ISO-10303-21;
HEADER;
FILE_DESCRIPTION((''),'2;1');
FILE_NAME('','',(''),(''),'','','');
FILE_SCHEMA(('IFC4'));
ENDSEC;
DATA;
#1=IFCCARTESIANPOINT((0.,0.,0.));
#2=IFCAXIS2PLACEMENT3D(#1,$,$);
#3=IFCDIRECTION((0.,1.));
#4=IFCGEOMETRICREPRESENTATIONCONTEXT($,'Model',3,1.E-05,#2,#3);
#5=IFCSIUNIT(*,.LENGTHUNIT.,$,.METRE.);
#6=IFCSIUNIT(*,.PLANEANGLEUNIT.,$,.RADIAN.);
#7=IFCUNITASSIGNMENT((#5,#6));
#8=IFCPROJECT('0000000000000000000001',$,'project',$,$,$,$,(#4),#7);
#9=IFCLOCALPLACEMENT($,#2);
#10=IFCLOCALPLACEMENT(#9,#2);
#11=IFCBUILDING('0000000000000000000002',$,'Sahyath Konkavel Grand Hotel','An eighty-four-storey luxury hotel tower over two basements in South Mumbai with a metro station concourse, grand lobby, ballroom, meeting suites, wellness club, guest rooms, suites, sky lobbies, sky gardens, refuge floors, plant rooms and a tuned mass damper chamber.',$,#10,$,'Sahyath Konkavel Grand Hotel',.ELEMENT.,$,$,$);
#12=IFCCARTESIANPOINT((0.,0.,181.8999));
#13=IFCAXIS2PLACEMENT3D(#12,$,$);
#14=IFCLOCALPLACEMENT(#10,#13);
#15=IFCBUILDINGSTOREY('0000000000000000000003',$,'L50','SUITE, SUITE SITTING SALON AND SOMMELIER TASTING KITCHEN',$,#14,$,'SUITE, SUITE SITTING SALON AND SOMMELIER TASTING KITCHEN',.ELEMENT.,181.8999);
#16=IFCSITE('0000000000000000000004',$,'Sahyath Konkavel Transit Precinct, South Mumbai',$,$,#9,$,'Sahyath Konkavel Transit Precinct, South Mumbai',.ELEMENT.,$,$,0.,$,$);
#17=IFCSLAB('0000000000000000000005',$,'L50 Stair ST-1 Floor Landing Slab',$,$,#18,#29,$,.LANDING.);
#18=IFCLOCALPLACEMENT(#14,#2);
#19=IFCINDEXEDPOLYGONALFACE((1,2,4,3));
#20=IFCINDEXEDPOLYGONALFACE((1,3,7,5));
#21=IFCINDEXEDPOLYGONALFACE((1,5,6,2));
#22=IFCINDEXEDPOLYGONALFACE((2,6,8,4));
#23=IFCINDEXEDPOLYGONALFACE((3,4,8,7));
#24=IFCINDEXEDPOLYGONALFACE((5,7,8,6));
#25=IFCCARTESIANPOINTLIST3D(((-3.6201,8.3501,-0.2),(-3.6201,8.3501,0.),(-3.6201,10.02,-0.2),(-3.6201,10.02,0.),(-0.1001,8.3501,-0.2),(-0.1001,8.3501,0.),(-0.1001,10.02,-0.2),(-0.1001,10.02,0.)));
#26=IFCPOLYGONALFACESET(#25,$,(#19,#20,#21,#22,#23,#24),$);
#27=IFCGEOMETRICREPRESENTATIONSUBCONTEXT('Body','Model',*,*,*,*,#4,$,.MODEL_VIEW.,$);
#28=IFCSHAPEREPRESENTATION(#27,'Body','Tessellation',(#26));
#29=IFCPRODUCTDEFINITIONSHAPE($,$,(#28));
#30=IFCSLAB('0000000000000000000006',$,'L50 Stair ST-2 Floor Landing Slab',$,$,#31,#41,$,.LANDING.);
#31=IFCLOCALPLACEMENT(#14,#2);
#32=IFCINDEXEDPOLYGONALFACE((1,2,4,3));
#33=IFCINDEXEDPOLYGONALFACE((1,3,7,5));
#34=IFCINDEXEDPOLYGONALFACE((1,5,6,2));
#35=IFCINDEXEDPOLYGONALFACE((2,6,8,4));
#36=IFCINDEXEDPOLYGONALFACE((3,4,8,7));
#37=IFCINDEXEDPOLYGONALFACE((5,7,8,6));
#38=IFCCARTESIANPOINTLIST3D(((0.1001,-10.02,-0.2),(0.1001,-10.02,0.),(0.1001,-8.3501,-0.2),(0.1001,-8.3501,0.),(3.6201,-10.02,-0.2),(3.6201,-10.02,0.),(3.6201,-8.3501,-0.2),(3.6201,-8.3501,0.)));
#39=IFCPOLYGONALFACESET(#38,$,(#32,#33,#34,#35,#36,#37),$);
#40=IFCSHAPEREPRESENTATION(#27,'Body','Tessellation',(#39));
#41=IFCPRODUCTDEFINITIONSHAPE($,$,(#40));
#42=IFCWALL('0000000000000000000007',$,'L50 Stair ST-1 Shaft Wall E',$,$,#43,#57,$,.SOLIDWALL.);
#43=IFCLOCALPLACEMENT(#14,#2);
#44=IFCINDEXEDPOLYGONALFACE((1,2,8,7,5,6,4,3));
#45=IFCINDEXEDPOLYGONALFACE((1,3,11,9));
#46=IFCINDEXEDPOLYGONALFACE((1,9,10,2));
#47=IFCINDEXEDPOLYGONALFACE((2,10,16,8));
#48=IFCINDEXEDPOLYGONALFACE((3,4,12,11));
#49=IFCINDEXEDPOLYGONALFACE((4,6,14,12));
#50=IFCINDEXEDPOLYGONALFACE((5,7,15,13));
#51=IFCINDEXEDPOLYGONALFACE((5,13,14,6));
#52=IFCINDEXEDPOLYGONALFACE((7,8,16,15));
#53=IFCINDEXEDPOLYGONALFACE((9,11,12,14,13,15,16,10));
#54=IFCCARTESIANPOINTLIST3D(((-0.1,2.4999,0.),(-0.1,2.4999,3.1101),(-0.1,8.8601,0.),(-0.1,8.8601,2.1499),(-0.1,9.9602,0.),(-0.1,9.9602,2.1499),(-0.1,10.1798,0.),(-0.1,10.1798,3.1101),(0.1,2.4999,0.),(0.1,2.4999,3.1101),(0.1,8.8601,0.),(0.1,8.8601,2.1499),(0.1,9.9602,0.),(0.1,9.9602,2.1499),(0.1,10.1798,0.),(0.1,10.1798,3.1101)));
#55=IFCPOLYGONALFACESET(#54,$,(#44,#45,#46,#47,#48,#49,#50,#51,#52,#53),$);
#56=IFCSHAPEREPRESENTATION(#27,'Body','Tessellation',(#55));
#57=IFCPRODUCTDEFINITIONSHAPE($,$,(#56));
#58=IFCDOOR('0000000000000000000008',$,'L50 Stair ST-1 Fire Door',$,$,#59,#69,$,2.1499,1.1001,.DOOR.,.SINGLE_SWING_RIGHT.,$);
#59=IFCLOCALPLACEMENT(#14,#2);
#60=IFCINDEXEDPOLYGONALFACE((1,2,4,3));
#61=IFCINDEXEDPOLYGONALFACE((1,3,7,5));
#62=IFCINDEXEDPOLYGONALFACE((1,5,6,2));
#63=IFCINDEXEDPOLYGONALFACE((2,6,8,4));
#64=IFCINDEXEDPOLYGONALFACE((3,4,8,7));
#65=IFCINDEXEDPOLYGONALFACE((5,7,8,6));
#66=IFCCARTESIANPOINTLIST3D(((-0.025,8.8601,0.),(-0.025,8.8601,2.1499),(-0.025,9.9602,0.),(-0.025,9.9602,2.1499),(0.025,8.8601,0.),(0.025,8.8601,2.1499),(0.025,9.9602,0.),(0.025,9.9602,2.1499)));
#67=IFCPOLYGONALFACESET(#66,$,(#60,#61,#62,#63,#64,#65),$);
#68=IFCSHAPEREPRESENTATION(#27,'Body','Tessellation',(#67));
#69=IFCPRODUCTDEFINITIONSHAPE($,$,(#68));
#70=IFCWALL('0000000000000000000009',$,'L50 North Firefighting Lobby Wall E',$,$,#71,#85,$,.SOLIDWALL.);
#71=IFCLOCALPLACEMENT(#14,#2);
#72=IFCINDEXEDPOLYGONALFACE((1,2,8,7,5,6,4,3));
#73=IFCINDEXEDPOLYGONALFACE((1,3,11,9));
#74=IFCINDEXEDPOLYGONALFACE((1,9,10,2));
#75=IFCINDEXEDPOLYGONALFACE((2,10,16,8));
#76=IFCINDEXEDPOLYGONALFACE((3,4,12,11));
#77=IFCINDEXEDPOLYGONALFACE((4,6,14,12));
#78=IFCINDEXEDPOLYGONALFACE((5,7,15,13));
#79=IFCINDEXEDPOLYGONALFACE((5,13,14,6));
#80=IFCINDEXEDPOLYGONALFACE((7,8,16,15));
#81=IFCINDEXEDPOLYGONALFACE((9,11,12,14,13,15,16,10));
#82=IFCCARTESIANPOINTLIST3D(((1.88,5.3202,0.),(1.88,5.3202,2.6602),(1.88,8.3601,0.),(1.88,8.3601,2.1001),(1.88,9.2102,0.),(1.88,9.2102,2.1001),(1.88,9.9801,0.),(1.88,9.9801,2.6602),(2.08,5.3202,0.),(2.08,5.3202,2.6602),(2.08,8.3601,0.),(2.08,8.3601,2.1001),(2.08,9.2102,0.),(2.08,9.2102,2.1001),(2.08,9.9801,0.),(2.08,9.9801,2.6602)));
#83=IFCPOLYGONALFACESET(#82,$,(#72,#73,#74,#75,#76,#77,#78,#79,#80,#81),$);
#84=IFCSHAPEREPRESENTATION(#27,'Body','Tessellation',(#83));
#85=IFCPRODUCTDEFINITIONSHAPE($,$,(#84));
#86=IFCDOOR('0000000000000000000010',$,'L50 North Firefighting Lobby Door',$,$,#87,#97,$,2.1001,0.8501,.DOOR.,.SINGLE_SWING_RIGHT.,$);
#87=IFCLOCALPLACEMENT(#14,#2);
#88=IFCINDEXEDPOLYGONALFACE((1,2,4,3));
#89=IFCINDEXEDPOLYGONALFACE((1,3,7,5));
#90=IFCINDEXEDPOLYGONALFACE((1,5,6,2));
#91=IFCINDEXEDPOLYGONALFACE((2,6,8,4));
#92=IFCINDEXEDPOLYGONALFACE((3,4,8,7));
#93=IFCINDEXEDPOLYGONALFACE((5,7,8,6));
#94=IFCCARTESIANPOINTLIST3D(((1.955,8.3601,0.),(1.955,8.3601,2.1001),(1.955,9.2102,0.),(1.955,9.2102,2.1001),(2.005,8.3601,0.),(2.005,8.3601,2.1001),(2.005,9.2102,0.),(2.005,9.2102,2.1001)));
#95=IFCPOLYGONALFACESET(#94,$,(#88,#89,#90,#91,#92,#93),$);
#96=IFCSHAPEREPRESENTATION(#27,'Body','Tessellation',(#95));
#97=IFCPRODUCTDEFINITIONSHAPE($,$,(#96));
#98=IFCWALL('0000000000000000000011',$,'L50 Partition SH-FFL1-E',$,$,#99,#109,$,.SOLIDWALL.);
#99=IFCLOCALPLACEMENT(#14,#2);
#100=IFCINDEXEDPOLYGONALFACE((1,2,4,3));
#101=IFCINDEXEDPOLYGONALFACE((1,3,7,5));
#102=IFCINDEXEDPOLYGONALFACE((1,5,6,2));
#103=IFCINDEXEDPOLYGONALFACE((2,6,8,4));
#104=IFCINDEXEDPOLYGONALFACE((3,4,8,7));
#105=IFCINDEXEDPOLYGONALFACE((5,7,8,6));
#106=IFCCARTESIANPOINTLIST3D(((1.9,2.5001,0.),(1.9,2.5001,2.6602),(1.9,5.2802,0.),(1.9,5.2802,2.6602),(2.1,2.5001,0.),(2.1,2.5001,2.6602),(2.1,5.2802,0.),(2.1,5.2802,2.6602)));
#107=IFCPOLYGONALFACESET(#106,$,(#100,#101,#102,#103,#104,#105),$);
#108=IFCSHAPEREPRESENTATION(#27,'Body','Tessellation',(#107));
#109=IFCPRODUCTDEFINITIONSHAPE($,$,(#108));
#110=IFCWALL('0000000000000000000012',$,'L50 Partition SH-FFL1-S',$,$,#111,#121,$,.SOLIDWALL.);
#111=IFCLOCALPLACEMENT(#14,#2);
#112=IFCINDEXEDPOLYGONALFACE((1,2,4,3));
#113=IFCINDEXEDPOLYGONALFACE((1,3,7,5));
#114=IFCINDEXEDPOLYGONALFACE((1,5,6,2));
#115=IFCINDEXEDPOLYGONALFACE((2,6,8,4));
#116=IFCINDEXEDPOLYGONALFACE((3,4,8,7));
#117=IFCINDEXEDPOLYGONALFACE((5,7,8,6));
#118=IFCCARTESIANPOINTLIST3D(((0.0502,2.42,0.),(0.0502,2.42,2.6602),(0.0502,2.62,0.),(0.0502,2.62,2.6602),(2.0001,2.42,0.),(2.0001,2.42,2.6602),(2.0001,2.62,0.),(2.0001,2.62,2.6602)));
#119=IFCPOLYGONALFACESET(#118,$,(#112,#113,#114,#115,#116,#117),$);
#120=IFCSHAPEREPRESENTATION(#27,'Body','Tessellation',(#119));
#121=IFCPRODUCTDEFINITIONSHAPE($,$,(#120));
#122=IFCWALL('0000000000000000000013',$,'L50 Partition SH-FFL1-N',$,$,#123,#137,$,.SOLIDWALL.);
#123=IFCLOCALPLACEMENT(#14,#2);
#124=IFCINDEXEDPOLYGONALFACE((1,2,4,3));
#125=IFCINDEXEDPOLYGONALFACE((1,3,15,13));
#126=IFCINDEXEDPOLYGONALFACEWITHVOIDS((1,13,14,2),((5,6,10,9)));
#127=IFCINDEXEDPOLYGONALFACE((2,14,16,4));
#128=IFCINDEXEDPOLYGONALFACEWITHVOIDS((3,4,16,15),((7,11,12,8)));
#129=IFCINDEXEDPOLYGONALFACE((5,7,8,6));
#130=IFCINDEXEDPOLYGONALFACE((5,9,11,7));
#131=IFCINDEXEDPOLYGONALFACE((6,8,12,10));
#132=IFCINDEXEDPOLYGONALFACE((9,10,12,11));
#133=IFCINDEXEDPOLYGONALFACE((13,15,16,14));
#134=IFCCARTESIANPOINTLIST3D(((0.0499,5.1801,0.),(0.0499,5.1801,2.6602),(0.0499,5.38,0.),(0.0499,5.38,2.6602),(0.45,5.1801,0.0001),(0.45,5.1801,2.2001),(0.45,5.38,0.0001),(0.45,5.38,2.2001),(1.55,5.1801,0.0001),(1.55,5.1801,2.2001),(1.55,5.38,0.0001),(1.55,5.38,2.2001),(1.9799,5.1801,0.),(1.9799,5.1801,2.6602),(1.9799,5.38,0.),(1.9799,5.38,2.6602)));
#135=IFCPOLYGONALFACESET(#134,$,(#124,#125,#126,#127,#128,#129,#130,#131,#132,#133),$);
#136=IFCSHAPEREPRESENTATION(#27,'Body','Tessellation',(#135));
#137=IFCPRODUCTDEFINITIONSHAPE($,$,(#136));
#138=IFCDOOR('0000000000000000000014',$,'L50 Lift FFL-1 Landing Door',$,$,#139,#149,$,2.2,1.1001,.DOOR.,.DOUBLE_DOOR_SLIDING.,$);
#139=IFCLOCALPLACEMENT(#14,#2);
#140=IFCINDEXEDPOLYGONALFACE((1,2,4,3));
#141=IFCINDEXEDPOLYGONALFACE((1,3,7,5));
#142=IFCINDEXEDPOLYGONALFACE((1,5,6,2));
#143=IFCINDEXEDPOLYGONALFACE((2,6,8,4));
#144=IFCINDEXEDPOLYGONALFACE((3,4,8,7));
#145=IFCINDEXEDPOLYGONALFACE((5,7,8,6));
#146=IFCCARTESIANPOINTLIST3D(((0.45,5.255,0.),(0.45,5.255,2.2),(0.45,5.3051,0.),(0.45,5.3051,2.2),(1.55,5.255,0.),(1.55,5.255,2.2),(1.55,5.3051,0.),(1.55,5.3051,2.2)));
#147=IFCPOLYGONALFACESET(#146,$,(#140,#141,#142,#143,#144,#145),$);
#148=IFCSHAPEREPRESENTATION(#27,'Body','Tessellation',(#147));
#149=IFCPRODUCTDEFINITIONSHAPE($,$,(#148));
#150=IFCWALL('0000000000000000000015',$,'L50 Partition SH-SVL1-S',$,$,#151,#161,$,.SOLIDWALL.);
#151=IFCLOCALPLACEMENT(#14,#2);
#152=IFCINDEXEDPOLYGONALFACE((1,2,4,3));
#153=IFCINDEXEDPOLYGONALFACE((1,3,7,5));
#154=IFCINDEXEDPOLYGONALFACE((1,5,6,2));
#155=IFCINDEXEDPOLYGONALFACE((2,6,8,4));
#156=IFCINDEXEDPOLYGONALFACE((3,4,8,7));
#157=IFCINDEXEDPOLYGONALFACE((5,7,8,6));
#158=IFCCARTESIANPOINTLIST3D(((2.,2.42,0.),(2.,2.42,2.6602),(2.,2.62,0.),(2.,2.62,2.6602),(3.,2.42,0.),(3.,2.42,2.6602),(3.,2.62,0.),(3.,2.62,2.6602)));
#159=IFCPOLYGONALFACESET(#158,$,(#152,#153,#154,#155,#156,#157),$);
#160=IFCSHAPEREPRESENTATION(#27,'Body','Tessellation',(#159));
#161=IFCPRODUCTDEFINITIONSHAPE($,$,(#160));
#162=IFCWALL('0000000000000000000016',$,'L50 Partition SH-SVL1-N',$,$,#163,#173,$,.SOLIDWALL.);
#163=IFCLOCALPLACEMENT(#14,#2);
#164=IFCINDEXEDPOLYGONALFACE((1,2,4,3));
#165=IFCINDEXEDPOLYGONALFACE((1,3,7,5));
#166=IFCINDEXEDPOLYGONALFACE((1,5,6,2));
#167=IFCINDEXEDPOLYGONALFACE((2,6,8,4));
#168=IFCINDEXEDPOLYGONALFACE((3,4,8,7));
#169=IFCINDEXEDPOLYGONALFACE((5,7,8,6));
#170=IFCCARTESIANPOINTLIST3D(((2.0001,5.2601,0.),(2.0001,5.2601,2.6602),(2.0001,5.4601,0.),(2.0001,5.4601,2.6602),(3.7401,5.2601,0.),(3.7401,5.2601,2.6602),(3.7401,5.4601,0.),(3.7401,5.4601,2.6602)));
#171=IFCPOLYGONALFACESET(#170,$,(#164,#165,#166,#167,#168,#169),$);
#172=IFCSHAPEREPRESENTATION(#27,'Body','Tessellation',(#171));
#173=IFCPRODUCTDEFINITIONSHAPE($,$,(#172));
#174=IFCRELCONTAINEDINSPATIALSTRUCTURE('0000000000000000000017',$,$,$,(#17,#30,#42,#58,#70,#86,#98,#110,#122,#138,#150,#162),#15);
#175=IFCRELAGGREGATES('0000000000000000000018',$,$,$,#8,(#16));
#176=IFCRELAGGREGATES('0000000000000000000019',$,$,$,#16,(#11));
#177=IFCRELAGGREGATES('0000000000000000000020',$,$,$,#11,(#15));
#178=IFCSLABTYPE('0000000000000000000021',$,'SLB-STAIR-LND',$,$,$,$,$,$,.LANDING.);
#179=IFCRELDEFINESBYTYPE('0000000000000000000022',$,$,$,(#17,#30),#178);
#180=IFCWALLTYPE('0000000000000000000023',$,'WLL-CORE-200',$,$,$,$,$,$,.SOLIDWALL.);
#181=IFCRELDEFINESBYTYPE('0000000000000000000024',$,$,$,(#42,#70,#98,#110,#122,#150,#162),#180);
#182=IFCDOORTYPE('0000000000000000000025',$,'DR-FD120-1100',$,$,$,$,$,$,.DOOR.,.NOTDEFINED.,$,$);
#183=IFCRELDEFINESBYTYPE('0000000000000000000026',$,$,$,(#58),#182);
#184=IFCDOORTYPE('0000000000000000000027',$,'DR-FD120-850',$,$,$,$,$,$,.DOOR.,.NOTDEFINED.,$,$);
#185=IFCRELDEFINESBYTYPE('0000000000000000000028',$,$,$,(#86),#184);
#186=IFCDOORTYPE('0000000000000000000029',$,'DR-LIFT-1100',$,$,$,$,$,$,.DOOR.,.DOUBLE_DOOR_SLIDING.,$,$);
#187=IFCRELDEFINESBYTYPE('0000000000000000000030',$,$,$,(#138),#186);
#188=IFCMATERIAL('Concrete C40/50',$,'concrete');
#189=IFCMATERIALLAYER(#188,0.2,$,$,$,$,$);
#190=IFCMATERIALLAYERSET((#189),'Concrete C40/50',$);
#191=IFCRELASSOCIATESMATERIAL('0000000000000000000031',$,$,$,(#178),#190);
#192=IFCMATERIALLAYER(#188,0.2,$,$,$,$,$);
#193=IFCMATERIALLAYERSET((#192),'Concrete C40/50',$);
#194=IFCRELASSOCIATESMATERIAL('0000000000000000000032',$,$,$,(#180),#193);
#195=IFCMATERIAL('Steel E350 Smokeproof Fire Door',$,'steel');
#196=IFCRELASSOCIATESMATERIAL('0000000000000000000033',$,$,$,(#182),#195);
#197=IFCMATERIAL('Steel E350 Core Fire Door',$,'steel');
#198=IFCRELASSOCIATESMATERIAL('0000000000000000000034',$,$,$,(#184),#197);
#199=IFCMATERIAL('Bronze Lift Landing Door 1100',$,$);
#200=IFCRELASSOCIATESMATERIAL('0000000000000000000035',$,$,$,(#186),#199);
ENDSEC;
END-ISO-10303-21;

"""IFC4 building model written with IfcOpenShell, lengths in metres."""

from ifc_helpers import new_model, si_unit, direction, frame, frame_2d, origin, origin_2d, place, context, subcontext, project, spatial, polyline, rectangle, outline, extrude, source, transform, mapped, material, layer, layer_set, type_object, element, fill, save


model = new_model("IFC4")

# Units and contexts
model_context = context("Model", 3, precision=1e-05, world=origin(), true_north=direction((0.0, 1.0)))
body_context = subcontext(model_context, "Body", "Model", "MODEL_VIEW")
ifc_project = project(units=[si_unit("LENGTHUNIT", "METRE"), si_unit("PLANEANGLEUNIT", "RADIAN")], contexts=[model_context])

# Site, building, storey
site_placement = place(None, origin())
site = spatial("IfcSite", under=ifc_project, at=site_placement, Name="Sahyath Konkavel Transit Precinct, South Mumbai", LongName="Sahyath Konkavel Transit Precinct, South Mumbai", CompositionType="ELEMENT", RefElevation=0.0)
building_placement = place(site_placement, origin())
building = spatial("IfcBuilding", under=site, at=building_placement, Name="Sahyath Konkavel Grand Hotel", Description="An eighty-four-storey luxury hotel tower over two basements in South Mumbai with a metro station concourse, grand lobby, ballroom, meeting suites, wellness club, guest rooms, suites, sky lobbies, sky gardens, refuge floors, plant rooms and a tuned mass damper chamber.", LongName="Sahyath Konkavel Grand Hotel", CompositionType="ELEMENT")
storey_placement = place(building_placement, frame((0.0, 0.0, 181.8999)))
storey = spatial("IfcBuildingStorey", under=building, at=storey_placement, Name="L50", Description="SUITE, SUITE SITTING SALON AND SOMMELIER TASTING KITCHEN", LongName="SUITE, SUITE SITTING SALON AND SOMMELIER TASTING KITCHEN", CompositionType="ELEMENT", Elevation=181.8999)

# Slabs
ifc_material_1 = material(Name="Concrete C40/50", Category="concrete")
ifc_layer_1 = layer(ifc_material_1, 0.2)
ifc_layer_set_1 = layer_set([ifc_layer_1], Name="Concrete C40/50")
slab_type_1 = type_object("IfcSlabType", Name="SLB-STAIR-LND", PredefinedType="LANDING", material=ifc_layer_set_1)
slab_1_placement = place(storey_placement, frame((0.0, 0.0, -0.2)))
element("IfcSlab", 1, at=slab_1_placement, inside=storey, type_object=slab_type_1, Name="L50 Stair ST-1 Floor Landing Slab", PredefinedType="LANDING", context=body_context, shape_type="SweptSolid", body=[
    extrude(outline(polyline([(-3.6201, 8.3501), (-0.1001, 8.3501), (-0.1001, 10.02), (-3.6201, 10.02), (-3.6201, 8.3501)])), origin(), (0.0, 0.0, 1.0), 0.2),
])
slab_2_placement = place(storey_placement, frame((0.0, 0.0, -0.2)))
element("IfcSlab", 2, at=slab_2_placement, inside=storey, type_object=slab_type_1, Name="L50 Stair ST-2 Floor Landing Slab", PredefinedType="LANDING", context=body_context, shape_type="SweptSolid", body=[
    extrude(outline(polyline([(0.1001, -10.02), (3.6201, -10.02), (3.6201, -8.3501), (0.1001, -8.3501), (0.1001, -10.02)])), origin(), (0.0, 0.0, 1.0), 0.2),
])

# Walls, openings, doors
ifc_layer_2 = layer(ifc_material_1, 0.2)
ifc_layer_set_2 = layer_set([ifc_layer_2], Name="Concrete C40/50")
wall_type_1 = type_object("IfcWallType", Name="WLL-CORE-200", PredefinedType="SOLIDWALL", material=ifc_layer_set_2)
wall_1_placement = place(storey_placement, frame((0.0, 2.5, 0.0), z_axis=(0.0, 0.0, 1.0), x_axis=(0.0, 1.0, 0.0)))
wall_1 = element("IfcWall", 3, at=wall_1_placement, inside=storey, type_object=wall_type_1, Name="L50 Stair ST-1 Shaft Wall E", PredefinedType="SOLIDWALL", context=body_context, shape_type="SweptSolid", body=[
    extrude(rectangle(XDim=7.6799, YDim=0.2, at=frame_2d((3.8398, 0.0))), origin(), (0.0, 0.0, 1.0), 3.1101),
])
opening_1_placement = place(wall_1_placement, frame((6.3601, 0.0, 0.0)))
opening_1 = element("IfcOpeningElement", 4, at=opening_1_placement, cuts=wall_1, PredefinedType="OPENING", context=body_context, shape_type="SweptSolid", body=[
    extrude(rectangle(XDim=1.1001, YDim=2.1499, at=frame_2d((0.55, 1.075))), frame((0.0, 0.1099, 0.0), z_axis=(0.0, -1.0, 0.0), x_axis=(1.0, 0.0, 0.0)), (0.0, 0.0, 1.0), 0.22),
])
ifc_material_2 = material(Name="Steel E350 Smokeproof Fire Door", Category="steel")
door_type_1 = type_object("IfcDoorType", Name="DR-FD120-1100", OperationType="NOTDEFINED", PredefinedType="DOOR", material=ifc_material_2)
shared_shape_1 = source(origin(), body_context, "Body", "SweptSolid", [
    extrude(rectangle(XDim=1.1001, YDim=0.05, at=origin_2d()), origin(), (0.0, 0.0, 1.0), 2.1499),
])
door_1_placement = place(opening_1_placement, frame((0.55, 0.0, 0.0)))
door_1 = element("IfcDoor", 5, at=door_1_placement, inside=storey, type_object=door_type_1, Name="L50 Stair ST-1 Fire Door", OperationType="SINGLE_SWING_RIGHT", OverallHeight=2.1499, OverallWidth=1.1001, PredefinedType="DOOR", context=body_context, shape_type="MappedRepresentation", body=[
    mapped(shared_shape_1, transform((0.0, 0.0, 0.0), scale=1.0)),
])
fill(opening_1, door_1)
wall_2_placement = place(storey_placement, frame((1.98, 5.3201, 0.0), z_axis=(0.0, 0.0, 1.0), x_axis=(0.0, 1.0, 0.0)))
wall_2 = element("IfcWall", 6, at=wall_2_placement, inside=storey, type_object=wall_type_1, Name="L50 North Firefighting Lobby Wall E", PredefinedType="SOLIDWALL", context=body_context, shape_type="SweptSolid", body=[
    extrude(rectangle(XDim=4.6599, YDim=0.2, at=frame_2d((2.3301, 0.0))), origin(), (0.0, 0.0, 1.0), 2.6602),
])
opening_2_placement = place(wall_2_placement, frame((3.04, 0.0, 0.0)))
opening_2 = element("IfcOpeningElement", 7, at=opening_2_placement, cuts=wall_2, PredefinedType="OPENING", context=body_context, shape_type="SweptSolid", body=[
    extrude(rectangle(XDim=0.8501, YDim=2.1001, at=frame_2d((0.425, 1.05))), frame((0.0, 0.1099, 0.0), z_axis=(0.0, -1.0, 0.0), x_axis=(1.0, 0.0, 0.0)), (0.0, 0.0, 1.0), 0.22),
])
ifc_material_3 = material(Name="Steel E350 Core Fire Door", Category="steel")
door_type_2 = type_object("IfcDoorType", Name="DR-FD120-850", OperationType="NOTDEFINED", PredefinedType="DOOR", material=ifc_material_3)
shared_shape_2 = source(origin(), body_context, "Body", "SweptSolid", [
    extrude(rectangle(XDim=0.8501, YDim=0.05, at=origin_2d()), origin(), (0.0, 0.0, 1.0), 2.1001),
])
door_2_placement = place(opening_2_placement, frame((0.425, 0.0, 0.0)))
door_2 = element("IfcDoor", 8, at=door_2_placement, inside=storey, type_object=door_type_2, Name="L50 North Firefighting Lobby Door", OperationType="SINGLE_SWING_RIGHT", OverallHeight=2.1001, OverallWidth=0.8501, PredefinedType="DOOR", context=body_context, shape_type="MappedRepresentation", body=[
    mapped(shared_shape_2, transform((0.0, 0.0, 0.0), scale=1.0)),
])
fill(opening_2, door_2)

# Walls
wall_3_placement = place(storey_placement, frame((2.0, 2.5, 0.0), z_axis=(0.0, 0.0, 1.0), x_axis=(0.0, 1.0, 0.0)))
element("IfcWall", 9, at=wall_3_placement, inside=storey, type_object=wall_type_1, Name="L50 Partition SH-FFL1-E", PredefinedType="SOLIDWALL", context=body_context, shape_type="SweptSolid", body=[
    extrude(rectangle(XDim=2.78, YDim=0.2, at=frame_2d((1.3901, 0.0))), origin(), (0.0, 0.0, 1.0), 2.6602),
])
wall_4_placement = place(storey_placement, frame((0.05, 2.52, 0.0), z_axis=(0.0, 0.0, 1.0), x_axis=(1.0, 0.0, 0.0)))
element("IfcWall", 10, at=wall_4_placement, inside=storey, type_object=wall_type_1, Name="L50 Partition SH-FFL1-S", PredefinedType="SOLIDWALL", context=body_context, shape_type="SweptSolid", body=[
    extrude(rectangle(XDim=1.95, YDim=0.2, at=frame_2d((0.9751, 0.0))), origin(), (0.0, 0.0, 1.0), 2.6602),
])

# Wall, opening, door
wall_5_placement = place(storey_placement, frame((0.05, 5.28, 0.0), z_axis=(0.0, 0.0, 1.0), x_axis=(1.0, 0.0, 0.0)))
wall_5 = element("IfcWall", 11, at=wall_5_placement, inside=storey, type_object=wall_type_1, Name="L50 Partition SH-FFL1-N", PredefinedType="SOLIDWALL", context=body_context, shape_type="SweptSolid", body=[
    extrude(rectangle(XDim=1.9299, YDim=0.2, at=frame_2d((0.9648, 0.0))), origin(), (0.0, 0.0, 1.0), 2.6602),
])
opening_3_placement = place(wall_5_placement, frame((0.3999, 0.0, 0.0)))
opening_3 = element("IfcOpeningElement", 12, at=opening_3_placement, cuts=wall_5, PredefinedType="OPENING", context=body_context, shape_type="SweptSolid", body=[
    extrude(rectangle(XDim=1.1001, YDim=2.2, at=frame_2d((0.55, 1.1001))), frame((0.0, 0.1099, 0.0), z_axis=(0.0, -1.0, 0.0), x_axis=(1.0, 0.0, 0.0)), (0.0, 0.0, 1.0), 0.22),
])
ifc_material_4 = material(Name="Bronze Lift Landing Door 1100")
door_type_3 = type_object("IfcDoorType", Name="DR-LIFT-1100", OperationType="DOUBLE_DOOR_SLIDING", PredefinedType="DOOR", material=ifc_material_4)
shared_shape_3 = source(origin(), body_context, "Body", "SweptSolid", [
    extrude(rectangle(XDim=1.1001, YDim=0.05, at=origin_2d()), origin(), (0.0, 0.0, 1.0), 2.2),
])
door_3_placement = place(opening_3_placement, frame((0.55, 0.0, 0.0)))
door_3 = element("IfcDoor", 13, at=door_3_placement, inside=storey, type_object=door_type_3, Name="L50 Lift FFL-1 Landing Door", OperationType="DOUBLE_DOOR_SLIDING", OverallHeight=2.2, OverallWidth=1.1001, PredefinedType="DOOR", context=body_context, shape_type="MappedRepresentation", body=[
    mapped(shared_shape_3, transform((0.0, 0.0, 0.0), scale=1.0)),
])
fill(opening_3, door_3)

# Walls
wall_6_placement = place(storey_placement, frame((2.0, 2.52, 0.0), z_axis=(0.0, 0.0, 1.0), x_axis=(1.0, 0.0, 0.0)))
element("IfcWall", 14, at=wall_6_placement, inside=storey, type_object=wall_type_1, Name="L50 Partition SH-SVL1-S", PredefinedType="SOLIDWALL", context=body_context, shape_type="SweptSolid", body=[
    extrude(rectangle(XDim=1.0, YDim=0.2, at=frame_2d((0.5, 0.0))), origin(), (0.0, 0.0, 1.0), 2.6602),
])
wall_7_placement = place(storey_placement, frame((2.0, 5.3601, 0.0), z_axis=(0.0, 0.0, 1.0), x_axis=(1.0, 0.0, 0.0)))
element("IfcWall", 15, at=wall_7_placement, inside=storey, type_object=wall_type_1, Name="L50 Partition SH-SVL1-N", PredefinedType="SOLIDWALL", context=body_context, shape_type="SweptSolid", body=[
    extrude(rectangle(XDim=1.74, YDim=0.2, at=frame_2d((0.8701, 0.0))), origin(), (0.0, 0.0, 1.0), 2.6602),
])

save(model, "model.ifc")
